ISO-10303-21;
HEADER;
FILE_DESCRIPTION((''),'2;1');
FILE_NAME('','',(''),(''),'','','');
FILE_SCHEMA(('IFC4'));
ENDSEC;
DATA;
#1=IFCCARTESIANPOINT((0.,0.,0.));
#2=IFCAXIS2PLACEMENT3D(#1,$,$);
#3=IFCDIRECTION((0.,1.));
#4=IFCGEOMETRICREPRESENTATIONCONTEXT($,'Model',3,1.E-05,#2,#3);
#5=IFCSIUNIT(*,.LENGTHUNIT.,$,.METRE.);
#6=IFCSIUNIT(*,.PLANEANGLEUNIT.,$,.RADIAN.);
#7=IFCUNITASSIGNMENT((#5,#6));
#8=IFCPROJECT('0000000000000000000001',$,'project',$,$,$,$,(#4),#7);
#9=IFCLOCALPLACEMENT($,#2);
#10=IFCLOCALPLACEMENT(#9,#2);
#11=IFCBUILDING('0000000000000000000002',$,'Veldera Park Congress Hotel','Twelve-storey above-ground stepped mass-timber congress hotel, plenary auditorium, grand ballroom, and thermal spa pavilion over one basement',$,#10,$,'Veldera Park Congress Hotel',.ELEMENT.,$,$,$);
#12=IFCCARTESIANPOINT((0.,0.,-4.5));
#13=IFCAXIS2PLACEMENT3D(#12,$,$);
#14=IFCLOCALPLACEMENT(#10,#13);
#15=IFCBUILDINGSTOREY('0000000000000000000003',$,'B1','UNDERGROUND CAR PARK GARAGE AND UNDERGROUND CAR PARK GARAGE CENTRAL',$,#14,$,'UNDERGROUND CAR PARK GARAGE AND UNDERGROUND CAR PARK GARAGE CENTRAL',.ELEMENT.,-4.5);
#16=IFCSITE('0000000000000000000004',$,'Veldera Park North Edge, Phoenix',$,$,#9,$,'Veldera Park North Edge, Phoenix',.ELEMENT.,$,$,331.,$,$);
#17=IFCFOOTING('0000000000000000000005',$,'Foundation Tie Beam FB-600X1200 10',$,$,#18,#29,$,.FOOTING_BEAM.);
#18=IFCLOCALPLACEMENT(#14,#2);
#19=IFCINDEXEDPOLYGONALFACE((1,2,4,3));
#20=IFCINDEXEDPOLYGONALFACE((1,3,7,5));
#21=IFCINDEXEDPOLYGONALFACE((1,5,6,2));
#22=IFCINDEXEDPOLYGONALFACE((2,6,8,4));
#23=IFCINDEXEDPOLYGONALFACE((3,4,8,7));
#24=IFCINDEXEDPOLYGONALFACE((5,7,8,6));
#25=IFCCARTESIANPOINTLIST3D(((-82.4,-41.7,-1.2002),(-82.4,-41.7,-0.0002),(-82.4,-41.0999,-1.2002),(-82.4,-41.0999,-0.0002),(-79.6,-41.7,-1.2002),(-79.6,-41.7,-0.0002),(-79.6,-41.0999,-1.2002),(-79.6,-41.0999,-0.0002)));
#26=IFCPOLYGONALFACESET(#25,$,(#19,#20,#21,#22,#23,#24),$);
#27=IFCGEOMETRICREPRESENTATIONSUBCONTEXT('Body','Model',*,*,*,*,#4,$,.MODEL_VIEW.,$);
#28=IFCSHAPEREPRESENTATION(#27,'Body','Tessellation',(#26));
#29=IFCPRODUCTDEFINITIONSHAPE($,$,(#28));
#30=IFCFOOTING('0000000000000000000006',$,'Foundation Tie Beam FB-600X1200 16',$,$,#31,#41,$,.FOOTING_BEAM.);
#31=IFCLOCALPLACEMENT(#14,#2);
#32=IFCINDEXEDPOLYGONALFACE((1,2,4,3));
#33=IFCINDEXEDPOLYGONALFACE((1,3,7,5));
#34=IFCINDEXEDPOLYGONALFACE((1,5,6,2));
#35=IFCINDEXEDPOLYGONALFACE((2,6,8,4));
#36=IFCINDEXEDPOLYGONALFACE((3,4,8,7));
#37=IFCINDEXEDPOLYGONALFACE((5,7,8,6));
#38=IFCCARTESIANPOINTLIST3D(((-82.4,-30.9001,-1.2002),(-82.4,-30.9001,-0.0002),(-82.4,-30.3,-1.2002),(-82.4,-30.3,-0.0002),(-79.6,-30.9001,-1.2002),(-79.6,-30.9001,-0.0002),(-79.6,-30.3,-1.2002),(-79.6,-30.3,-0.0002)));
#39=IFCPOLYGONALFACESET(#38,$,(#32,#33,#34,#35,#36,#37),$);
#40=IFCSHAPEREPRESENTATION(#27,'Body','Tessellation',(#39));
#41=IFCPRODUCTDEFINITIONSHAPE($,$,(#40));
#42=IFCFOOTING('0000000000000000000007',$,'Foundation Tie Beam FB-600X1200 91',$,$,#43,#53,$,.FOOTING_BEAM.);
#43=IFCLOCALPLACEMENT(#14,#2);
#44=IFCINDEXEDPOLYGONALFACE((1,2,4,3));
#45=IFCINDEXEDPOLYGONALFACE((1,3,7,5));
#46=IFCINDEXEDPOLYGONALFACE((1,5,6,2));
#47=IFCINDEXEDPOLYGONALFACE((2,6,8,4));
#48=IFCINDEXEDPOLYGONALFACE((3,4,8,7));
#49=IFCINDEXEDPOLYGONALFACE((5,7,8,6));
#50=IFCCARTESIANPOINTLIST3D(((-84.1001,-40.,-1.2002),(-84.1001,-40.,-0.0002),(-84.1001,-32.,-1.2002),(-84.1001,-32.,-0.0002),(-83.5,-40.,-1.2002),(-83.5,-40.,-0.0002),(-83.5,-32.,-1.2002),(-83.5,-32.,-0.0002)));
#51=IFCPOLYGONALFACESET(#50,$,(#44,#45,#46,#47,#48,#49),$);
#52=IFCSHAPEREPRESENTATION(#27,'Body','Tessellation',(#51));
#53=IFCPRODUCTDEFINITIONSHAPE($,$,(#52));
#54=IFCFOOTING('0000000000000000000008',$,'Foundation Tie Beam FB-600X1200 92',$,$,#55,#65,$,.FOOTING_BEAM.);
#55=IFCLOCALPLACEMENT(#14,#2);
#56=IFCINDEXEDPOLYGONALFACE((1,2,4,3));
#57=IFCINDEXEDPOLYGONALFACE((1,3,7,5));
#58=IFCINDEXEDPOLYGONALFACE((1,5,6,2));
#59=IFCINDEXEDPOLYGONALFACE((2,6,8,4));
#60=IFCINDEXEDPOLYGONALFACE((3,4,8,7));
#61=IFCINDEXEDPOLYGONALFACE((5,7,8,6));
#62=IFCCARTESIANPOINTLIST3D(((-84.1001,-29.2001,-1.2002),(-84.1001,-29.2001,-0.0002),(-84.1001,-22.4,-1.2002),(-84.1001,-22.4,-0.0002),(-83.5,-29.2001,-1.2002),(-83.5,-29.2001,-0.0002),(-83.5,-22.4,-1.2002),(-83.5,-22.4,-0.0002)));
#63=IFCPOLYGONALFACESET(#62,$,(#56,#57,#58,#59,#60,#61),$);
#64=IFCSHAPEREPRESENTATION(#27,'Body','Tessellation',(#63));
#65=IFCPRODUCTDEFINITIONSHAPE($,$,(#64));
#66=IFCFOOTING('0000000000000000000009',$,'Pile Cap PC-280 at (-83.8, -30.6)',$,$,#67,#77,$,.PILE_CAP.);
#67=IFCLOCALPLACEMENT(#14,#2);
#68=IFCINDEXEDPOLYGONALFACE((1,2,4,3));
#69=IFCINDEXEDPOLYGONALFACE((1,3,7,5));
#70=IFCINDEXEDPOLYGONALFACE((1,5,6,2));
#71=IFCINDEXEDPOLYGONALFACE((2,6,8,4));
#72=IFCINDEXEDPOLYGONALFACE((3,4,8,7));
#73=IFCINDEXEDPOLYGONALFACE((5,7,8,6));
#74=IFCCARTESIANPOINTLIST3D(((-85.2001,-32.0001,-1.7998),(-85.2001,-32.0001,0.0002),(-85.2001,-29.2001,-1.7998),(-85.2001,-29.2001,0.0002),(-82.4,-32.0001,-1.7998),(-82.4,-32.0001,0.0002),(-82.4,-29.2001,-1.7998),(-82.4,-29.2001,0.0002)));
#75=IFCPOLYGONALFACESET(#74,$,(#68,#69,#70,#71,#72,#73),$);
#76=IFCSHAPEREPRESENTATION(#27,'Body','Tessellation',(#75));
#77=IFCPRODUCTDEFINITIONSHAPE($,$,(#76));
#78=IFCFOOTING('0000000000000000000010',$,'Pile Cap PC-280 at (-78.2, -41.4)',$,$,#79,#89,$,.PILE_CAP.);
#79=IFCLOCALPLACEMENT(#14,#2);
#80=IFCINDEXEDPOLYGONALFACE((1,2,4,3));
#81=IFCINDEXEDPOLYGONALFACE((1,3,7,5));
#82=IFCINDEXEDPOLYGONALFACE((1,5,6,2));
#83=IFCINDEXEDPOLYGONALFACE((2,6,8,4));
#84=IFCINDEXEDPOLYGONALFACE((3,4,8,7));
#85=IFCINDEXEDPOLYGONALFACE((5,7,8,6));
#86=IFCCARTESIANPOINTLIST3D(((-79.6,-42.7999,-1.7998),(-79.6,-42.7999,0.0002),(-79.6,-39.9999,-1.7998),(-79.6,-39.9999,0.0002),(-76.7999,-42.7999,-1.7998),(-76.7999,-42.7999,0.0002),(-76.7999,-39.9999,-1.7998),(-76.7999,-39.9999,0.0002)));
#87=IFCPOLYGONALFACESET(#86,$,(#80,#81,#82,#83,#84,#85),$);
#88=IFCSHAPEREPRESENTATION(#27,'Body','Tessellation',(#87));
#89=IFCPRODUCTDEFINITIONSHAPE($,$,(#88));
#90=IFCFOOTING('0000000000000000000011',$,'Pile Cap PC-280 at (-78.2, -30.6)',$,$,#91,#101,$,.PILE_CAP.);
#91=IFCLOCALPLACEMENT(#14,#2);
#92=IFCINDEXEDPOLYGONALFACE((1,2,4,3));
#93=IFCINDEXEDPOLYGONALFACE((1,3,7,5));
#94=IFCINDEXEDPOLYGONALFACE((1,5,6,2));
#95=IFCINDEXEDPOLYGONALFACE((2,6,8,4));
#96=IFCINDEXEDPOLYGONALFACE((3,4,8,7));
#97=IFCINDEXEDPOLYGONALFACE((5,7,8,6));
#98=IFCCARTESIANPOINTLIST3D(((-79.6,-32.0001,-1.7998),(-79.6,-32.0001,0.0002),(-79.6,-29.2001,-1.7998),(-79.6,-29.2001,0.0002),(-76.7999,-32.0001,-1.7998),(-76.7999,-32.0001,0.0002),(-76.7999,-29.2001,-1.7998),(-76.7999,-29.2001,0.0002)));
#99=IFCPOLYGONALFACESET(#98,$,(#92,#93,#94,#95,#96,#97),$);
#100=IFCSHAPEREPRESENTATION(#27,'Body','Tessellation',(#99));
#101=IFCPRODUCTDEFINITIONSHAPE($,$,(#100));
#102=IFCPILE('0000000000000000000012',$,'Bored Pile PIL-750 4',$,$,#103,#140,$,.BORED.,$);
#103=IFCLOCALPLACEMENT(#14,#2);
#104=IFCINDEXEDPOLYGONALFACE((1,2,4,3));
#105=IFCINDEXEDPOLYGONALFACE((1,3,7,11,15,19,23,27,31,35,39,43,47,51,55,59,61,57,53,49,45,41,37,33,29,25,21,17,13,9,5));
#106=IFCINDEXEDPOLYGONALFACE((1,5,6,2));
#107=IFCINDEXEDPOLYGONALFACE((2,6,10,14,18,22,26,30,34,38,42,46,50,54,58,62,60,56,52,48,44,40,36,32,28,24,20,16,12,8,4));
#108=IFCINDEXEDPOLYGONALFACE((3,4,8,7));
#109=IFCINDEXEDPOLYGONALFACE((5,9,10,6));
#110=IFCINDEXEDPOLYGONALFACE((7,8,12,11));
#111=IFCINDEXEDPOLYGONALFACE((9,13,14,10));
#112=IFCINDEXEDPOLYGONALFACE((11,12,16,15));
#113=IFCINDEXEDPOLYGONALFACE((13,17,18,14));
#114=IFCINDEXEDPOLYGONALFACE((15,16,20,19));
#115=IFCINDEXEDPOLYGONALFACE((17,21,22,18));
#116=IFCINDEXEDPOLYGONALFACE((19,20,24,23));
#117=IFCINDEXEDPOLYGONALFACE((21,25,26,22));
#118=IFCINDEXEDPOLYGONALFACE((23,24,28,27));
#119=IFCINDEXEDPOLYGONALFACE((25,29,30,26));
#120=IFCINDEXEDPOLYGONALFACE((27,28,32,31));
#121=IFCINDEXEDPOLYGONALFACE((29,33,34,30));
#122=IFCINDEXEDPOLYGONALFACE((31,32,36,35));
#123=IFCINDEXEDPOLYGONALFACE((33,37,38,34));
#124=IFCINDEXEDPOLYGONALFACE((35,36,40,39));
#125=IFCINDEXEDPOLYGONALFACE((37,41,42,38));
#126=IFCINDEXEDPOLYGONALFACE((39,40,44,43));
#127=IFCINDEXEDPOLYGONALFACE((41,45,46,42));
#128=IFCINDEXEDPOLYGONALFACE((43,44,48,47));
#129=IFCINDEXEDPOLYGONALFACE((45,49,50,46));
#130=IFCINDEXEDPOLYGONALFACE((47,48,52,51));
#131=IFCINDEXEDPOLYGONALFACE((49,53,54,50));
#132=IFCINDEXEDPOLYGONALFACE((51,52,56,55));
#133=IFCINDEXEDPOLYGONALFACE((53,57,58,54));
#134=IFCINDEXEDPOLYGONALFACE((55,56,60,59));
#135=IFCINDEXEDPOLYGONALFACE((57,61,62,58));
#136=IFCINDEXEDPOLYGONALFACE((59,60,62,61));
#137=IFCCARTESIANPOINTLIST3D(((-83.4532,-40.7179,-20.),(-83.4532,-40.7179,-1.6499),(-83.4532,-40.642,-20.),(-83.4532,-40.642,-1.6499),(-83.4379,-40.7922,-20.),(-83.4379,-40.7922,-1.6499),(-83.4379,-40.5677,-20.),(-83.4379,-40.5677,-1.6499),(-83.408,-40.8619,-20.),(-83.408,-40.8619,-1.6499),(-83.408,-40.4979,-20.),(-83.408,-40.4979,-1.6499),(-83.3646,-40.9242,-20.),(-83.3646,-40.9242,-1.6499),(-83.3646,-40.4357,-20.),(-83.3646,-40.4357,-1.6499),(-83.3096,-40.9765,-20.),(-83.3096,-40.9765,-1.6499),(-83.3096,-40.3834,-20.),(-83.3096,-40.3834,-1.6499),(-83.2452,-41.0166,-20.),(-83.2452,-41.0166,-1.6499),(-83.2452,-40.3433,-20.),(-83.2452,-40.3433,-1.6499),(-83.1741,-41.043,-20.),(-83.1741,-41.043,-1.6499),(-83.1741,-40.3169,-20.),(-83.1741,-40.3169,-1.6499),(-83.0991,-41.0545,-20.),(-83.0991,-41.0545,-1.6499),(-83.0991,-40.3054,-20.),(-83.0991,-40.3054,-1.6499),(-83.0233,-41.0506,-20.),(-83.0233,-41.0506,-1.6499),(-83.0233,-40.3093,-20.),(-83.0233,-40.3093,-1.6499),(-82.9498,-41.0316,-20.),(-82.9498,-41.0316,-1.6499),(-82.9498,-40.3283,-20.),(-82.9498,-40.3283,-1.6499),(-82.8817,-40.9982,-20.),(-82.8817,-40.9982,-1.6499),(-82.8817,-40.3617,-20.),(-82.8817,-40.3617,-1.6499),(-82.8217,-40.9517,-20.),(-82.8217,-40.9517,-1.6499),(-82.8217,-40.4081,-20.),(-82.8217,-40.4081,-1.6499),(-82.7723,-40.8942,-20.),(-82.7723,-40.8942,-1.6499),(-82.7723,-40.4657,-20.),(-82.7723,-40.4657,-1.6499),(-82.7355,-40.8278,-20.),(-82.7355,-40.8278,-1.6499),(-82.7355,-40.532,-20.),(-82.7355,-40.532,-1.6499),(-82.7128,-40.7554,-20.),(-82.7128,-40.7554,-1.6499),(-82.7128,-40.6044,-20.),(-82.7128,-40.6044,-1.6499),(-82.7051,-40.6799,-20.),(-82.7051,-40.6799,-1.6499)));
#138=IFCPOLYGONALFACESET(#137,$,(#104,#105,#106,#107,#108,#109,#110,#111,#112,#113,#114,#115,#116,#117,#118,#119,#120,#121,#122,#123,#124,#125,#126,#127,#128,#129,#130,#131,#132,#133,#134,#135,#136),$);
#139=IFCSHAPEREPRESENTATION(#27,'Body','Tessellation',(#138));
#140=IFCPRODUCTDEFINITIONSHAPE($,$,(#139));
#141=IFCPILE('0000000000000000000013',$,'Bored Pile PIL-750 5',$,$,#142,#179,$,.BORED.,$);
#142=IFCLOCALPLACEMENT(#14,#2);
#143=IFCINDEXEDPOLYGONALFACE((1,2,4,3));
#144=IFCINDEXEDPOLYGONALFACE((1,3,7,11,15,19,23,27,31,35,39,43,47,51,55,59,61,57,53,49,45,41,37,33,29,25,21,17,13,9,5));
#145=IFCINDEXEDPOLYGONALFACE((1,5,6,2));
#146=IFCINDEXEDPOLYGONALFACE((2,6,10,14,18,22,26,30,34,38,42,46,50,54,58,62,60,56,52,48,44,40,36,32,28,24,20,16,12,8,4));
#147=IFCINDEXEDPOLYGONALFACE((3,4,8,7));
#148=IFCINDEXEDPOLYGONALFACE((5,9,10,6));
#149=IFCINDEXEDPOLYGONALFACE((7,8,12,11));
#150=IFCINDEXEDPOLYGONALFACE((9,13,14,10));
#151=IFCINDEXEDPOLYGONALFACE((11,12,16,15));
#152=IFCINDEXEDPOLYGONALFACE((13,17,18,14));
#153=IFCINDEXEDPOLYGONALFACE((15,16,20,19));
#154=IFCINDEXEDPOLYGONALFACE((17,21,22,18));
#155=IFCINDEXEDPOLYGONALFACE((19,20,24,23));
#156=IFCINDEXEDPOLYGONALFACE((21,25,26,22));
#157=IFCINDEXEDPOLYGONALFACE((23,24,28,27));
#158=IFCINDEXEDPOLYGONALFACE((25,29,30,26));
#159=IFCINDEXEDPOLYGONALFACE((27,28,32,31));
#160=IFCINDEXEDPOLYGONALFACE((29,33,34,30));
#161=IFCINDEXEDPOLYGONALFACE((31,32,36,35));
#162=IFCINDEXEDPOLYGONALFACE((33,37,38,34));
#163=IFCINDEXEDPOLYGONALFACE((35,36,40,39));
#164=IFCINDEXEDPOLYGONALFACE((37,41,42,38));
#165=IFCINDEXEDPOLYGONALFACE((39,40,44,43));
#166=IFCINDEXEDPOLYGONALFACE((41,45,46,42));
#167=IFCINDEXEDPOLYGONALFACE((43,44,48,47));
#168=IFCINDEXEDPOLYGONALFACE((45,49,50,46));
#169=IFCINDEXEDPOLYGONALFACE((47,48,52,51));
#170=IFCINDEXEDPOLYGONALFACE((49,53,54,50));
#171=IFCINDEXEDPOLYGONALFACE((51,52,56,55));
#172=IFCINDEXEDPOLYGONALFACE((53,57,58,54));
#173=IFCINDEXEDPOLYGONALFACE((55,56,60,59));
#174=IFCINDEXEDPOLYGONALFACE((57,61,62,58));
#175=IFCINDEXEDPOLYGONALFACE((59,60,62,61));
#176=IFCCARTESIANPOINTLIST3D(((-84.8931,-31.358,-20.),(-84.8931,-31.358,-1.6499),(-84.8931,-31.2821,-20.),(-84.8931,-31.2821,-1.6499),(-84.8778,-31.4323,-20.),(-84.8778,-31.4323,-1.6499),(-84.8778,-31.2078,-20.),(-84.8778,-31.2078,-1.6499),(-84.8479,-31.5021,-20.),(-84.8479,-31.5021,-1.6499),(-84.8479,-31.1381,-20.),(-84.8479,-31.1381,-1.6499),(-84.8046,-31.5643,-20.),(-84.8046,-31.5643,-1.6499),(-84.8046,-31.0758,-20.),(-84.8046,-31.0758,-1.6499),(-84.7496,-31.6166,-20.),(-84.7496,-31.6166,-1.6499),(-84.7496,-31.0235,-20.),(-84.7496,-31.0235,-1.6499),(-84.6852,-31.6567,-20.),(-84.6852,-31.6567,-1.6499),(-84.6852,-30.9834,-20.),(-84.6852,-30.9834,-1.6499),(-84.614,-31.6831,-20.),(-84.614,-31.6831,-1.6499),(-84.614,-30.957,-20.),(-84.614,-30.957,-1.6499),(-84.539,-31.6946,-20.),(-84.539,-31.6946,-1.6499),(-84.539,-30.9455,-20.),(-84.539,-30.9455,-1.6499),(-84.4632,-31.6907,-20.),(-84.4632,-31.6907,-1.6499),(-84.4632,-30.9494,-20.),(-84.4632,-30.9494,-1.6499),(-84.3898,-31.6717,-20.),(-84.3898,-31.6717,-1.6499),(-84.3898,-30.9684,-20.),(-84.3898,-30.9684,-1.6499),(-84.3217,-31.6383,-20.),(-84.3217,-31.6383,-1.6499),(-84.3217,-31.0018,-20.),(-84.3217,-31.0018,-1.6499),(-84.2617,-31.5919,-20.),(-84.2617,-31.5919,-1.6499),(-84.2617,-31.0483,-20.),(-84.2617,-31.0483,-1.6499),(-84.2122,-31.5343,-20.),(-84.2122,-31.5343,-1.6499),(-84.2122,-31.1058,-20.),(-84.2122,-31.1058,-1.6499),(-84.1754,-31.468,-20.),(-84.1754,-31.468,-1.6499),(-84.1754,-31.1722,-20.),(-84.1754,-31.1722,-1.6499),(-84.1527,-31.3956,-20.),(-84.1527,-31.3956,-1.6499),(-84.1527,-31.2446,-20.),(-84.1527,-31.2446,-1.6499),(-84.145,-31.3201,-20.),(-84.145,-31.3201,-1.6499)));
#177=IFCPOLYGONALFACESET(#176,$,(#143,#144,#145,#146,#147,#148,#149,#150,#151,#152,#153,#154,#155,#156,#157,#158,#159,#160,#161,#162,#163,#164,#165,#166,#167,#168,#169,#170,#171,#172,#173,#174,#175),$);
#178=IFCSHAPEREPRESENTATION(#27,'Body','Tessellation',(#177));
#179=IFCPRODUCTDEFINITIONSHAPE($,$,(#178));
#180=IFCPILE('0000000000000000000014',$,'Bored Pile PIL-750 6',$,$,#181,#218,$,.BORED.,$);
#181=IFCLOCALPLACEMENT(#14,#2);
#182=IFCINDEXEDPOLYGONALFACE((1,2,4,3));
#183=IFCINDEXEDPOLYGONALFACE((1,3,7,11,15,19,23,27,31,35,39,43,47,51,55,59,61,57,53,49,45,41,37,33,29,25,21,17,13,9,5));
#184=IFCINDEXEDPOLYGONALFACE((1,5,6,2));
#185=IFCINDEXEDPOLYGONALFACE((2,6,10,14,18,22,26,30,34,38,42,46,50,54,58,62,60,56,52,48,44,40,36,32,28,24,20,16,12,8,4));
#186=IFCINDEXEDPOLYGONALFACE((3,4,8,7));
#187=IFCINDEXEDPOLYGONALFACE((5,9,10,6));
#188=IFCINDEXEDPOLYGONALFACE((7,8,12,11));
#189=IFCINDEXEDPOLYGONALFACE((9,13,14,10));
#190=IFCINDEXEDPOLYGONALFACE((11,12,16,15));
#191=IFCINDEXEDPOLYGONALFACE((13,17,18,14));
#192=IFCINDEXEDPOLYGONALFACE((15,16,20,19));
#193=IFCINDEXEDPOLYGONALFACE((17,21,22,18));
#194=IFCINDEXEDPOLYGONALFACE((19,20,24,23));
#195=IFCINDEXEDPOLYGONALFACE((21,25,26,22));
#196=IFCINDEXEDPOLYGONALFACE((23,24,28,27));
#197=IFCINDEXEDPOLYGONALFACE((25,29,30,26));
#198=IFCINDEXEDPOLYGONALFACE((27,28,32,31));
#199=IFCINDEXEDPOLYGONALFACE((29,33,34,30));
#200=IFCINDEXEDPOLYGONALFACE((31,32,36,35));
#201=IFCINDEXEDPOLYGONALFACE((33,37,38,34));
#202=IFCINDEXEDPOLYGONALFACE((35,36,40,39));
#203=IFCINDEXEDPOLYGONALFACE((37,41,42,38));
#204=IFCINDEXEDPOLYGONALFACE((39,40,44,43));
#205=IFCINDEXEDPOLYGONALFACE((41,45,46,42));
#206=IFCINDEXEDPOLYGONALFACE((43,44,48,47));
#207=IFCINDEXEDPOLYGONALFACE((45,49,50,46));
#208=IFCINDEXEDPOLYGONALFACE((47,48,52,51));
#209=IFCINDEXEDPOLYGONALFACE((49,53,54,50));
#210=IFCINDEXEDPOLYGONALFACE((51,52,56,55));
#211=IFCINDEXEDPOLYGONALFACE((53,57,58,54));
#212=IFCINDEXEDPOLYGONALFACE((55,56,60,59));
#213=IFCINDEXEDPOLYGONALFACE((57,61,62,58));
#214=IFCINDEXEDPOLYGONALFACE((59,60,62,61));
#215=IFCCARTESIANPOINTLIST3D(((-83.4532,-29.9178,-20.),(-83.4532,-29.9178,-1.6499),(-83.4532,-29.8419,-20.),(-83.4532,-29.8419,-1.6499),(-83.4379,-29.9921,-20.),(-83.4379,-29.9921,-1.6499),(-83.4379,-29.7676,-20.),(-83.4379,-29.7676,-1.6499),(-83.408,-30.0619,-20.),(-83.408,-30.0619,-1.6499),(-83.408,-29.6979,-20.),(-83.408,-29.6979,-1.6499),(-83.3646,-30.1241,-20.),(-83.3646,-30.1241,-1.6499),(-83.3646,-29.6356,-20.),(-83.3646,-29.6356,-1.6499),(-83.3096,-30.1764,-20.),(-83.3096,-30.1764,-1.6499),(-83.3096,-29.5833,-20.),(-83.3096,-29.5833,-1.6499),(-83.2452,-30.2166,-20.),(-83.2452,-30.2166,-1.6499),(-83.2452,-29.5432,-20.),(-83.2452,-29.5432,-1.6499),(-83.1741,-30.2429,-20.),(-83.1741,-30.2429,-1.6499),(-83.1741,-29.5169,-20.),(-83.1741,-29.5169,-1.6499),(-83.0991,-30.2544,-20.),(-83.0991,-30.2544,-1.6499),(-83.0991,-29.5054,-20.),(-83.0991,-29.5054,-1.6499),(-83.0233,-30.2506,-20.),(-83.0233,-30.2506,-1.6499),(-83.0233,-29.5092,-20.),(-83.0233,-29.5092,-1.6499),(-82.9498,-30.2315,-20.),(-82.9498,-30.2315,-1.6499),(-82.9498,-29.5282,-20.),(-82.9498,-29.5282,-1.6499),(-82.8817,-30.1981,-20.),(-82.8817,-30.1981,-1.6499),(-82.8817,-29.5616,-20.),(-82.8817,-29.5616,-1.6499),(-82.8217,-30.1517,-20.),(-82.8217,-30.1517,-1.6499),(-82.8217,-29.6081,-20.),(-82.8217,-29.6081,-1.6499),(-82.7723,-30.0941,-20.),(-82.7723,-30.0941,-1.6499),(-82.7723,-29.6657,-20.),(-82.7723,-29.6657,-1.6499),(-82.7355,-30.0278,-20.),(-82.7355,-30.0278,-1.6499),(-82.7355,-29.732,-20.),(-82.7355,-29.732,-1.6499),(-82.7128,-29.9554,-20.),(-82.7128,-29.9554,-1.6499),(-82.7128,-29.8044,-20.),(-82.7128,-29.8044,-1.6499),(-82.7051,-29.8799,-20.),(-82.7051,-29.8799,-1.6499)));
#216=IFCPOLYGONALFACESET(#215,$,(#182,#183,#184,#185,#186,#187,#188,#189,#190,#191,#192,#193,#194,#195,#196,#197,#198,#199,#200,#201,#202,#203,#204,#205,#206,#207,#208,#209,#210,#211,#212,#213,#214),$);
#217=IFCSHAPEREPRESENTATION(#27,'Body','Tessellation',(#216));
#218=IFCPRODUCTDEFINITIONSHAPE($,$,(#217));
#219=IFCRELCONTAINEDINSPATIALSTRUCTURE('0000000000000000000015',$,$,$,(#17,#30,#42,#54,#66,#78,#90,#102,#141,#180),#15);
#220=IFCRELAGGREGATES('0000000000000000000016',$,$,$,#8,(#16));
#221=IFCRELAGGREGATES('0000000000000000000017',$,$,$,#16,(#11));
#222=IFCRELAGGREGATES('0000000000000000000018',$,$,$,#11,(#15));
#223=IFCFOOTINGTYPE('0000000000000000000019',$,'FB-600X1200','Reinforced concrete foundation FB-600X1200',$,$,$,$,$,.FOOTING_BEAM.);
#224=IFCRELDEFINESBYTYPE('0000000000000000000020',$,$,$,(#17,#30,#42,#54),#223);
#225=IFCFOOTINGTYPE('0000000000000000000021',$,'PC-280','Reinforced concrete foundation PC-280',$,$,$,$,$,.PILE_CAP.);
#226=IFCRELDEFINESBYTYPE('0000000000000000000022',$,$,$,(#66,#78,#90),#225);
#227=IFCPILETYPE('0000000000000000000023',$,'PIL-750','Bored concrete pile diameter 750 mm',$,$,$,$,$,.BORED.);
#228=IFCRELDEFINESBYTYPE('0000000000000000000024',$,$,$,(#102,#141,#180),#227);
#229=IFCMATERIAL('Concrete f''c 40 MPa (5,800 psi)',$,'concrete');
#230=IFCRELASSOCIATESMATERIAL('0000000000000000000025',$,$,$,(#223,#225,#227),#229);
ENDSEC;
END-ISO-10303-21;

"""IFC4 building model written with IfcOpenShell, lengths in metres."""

from ifc_helpers import new_model, si_unit, direction, frame, origin, origin_2d, place, context, subcontext, project, spatial, rectangle, circle, extrude, material, material_profile, profile_set, type_object, element, save


model = new_model("IFC4")

# Units and contexts
model_context = context("Model", 3, precision=1e-05, world=origin(), true_north=direction((0.0, 1.0)))
body_context = subcontext(model_context, "Body", "Model", "MODEL_VIEW")
ifc_project = project(units=[si_unit("LENGTHUNIT", "METRE"), si_unit("PLANEANGLEUNIT", "RADIAN")], contexts=[model_context])

# Site, building, storey
site_placement = place(None, origin())
site = spatial("IfcSite", under=ifc_project, at=site_placement, Name="Veldera Park North Edge, Phoenix", LongName="Veldera Park North Edge, Phoenix", CompositionType="ELEMENT", RefElevation=331.0)
building_placement = place(site_placement, origin())
building = spatial("IfcBuilding", under=site, at=building_placement, Name="Veldera Park Congress Hotel", Description="Twelve-storey above-ground stepped mass-timber congress hotel, plenary auditorium, grand ballroom, and thermal spa pavilion over one basement", LongName="Veldera Park Congress Hotel", CompositionType="ELEMENT")
storey_placement = place(building_placement, frame((0.0, 0.0, -4.5)))
storey = spatial("IfcBuildingStorey", under=building, at=storey_placement, Name="B1", Description="UNDERGROUND CAR PARK GARAGE AND UNDERGROUND CAR PARK GARAGE CENTRAL", LongName="UNDERGROUND CAR PARK GARAGE AND UNDERGROUND CAR PARK GARAGE CENTRAL", CompositionType="ELEMENT", Elevation=-4.5)

# Footings
ifc_material = material(Name="Concrete f'c 40 MPa (5,800 psi)", Category="concrete")
footing_type_1 = type_object("IfcFootingType", Name="FB-600X1200", Description="Reinforced concrete foundation FB-600X1200", PredefinedType="FOOTING_BEAM", material=ifc_material)
for number, where, z_axis, x_axis, name in (
    (1, (-81.0, -41.3999, -1.2002), (0.0, 0.0, 1.0), (1.0, 0.0, 0.0), "Foundation Tie Beam FB-600X1200 10"),
    (2, (-81.0, -30.6001, -1.2002), (0.0, 0.0, 1.0), (1.0, 0.0, 0.0), "Foundation Tie Beam FB-600X1200 16"),
):
    element("IfcFooting", number, at=place(storey_placement, frame(where, z_axis=z_axis, x_axis=x_axis)), inside=storey, type_object=footing_type_1, Name=name, PredefinedType="FOOTING_BEAM", context=body_context, shape_type="SweptSolid", body=[
        extrude(rectangle(XDim=2.8, YDim=0.6001, at=origin_2d()), origin(), (0.0, 0.0, 1.0), 1.2),
    ])
footing_1_placement = place(storey_placement, frame((-83.8, -36.0, -1.2002), z_axis=(0.0, 0.0, 1.0), x_axis=(0.0, 1.0, 0.0)))
element("IfcFooting", 3, at=footing_1_placement, inside=storey, type_object=footing_type_1, Name="Foundation Tie Beam FB-600X1200 91", PredefinedType="FOOTING_BEAM", context=body_context, shape_type="SweptSolid", body=[
    extrude(rectangle(XDim=8.0, YDim=0.6001, at=origin_2d()), origin(), (0.0, 0.0, 1.0), 1.2),
])
footing_2_placement = place(storey_placement, frame((-83.8, -25.8, -1.2002), z_axis=(0.0, 0.0, 1.0), x_axis=(0.0, 1.0, 0.0)))
element("IfcFooting", 4, at=footing_2_placement, inside=storey, type_object=footing_type_1, Name="Foundation Tie Beam FB-600X1200 92", PredefinedType="FOOTING_BEAM", context=body_context, shape_type="SweptSolid", body=[
    extrude(rectangle(XDim=6.8, YDim=0.6001, at=origin_2d()), origin(), (0.0, 0.0, 1.0), 1.2),
])
footing_type_2 = type_object("IfcFootingType", Name="PC-280", Description="Reinforced concrete foundation PC-280", PredefinedType="PILE_CAP", material=ifc_material)
for number, where, z_axis, x_axis, name in (
    (5, (-83.8, -30.6001, -1.7998), (0.0, 0.0, 1.0), (1.0, 0.0, 0.0), "Pile Cap PC-280 at (-83.8, -30.6)"),
    (6, (-78.2, -41.3999, -1.7998), (0.0, 0.0, 1.0), (1.0, 0.0, 0.0), "Pile Cap PC-280 at (-78.2, -41.4)"),
    (7, (-78.2, -30.6001, -1.7998), (0.0, 0.0, 1.0), (1.0, 0.0, 0.0), "Pile Cap PC-280 at (-78.2, -30.6)"),
):
    element("IfcFooting", number, at=place(storey_placement, frame(where, z_axis=z_axis, x_axis=x_axis)), inside=storey, type_object=footing_type_2, Name=name, PredefinedType="PILE_CAP", context=body_context, shape_type="SweptSolid", body=[
        extrude(rectangle(XDim=2.8, YDim=2.8, at=origin_2d()), origin(), (0.0, 0.0, 1.0), 1.8),
    ])

# Piles
ifc_material_profile_1 = material_profile(ifc_material, circle(Radius=0.375, at=origin_2d()), Name="PILE D750")
ifc_profile_set_1 = profile_set([ifc_material_profile_1], Name="Concrete f'c 40 MPa (5,800 psi)")
pile_type = type_object("IfcPileType", Name="PIL-750", Description="Bored concrete pile diameter 750 mm", PredefinedType="BORED", material=ifc_profile_set_1)
for number, where, z_axis, x_axis, name in (
    (8, (-83.0801, -40.6799, -1.6499), (0.0, 0.0, -1.0), (1.0, 0.0, 0.0), "Bored Pile PIL-750 4"),
    (9, (-84.52, -31.3201, -1.6499), (0.0, 0.0, -1.0), (1.0, 0.0, 0.0), "Bored Pile PIL-750 5"),
    (10, (-83.0801, -29.8799, -1.6499), (0.0, 0.0, -1.0), (1.0, 0.0, 0.0), "Bored Pile PIL-750 6"),
):
    element("IfcPile", number, at=place(storey_placement, frame(where, z_axis=z_axis, x_axis=x_axis)), inside=storey, type_object=pile_type, Name=name, PredefinedType="BORED", context=body_context, shape_type="SweptSolid", body=[
        extrude(circle(Radius=0.375, at=origin_2d()), origin(), (0.0, 0.0, 1.0), 18.3501),
    ])

save(model, "model.ifc")
